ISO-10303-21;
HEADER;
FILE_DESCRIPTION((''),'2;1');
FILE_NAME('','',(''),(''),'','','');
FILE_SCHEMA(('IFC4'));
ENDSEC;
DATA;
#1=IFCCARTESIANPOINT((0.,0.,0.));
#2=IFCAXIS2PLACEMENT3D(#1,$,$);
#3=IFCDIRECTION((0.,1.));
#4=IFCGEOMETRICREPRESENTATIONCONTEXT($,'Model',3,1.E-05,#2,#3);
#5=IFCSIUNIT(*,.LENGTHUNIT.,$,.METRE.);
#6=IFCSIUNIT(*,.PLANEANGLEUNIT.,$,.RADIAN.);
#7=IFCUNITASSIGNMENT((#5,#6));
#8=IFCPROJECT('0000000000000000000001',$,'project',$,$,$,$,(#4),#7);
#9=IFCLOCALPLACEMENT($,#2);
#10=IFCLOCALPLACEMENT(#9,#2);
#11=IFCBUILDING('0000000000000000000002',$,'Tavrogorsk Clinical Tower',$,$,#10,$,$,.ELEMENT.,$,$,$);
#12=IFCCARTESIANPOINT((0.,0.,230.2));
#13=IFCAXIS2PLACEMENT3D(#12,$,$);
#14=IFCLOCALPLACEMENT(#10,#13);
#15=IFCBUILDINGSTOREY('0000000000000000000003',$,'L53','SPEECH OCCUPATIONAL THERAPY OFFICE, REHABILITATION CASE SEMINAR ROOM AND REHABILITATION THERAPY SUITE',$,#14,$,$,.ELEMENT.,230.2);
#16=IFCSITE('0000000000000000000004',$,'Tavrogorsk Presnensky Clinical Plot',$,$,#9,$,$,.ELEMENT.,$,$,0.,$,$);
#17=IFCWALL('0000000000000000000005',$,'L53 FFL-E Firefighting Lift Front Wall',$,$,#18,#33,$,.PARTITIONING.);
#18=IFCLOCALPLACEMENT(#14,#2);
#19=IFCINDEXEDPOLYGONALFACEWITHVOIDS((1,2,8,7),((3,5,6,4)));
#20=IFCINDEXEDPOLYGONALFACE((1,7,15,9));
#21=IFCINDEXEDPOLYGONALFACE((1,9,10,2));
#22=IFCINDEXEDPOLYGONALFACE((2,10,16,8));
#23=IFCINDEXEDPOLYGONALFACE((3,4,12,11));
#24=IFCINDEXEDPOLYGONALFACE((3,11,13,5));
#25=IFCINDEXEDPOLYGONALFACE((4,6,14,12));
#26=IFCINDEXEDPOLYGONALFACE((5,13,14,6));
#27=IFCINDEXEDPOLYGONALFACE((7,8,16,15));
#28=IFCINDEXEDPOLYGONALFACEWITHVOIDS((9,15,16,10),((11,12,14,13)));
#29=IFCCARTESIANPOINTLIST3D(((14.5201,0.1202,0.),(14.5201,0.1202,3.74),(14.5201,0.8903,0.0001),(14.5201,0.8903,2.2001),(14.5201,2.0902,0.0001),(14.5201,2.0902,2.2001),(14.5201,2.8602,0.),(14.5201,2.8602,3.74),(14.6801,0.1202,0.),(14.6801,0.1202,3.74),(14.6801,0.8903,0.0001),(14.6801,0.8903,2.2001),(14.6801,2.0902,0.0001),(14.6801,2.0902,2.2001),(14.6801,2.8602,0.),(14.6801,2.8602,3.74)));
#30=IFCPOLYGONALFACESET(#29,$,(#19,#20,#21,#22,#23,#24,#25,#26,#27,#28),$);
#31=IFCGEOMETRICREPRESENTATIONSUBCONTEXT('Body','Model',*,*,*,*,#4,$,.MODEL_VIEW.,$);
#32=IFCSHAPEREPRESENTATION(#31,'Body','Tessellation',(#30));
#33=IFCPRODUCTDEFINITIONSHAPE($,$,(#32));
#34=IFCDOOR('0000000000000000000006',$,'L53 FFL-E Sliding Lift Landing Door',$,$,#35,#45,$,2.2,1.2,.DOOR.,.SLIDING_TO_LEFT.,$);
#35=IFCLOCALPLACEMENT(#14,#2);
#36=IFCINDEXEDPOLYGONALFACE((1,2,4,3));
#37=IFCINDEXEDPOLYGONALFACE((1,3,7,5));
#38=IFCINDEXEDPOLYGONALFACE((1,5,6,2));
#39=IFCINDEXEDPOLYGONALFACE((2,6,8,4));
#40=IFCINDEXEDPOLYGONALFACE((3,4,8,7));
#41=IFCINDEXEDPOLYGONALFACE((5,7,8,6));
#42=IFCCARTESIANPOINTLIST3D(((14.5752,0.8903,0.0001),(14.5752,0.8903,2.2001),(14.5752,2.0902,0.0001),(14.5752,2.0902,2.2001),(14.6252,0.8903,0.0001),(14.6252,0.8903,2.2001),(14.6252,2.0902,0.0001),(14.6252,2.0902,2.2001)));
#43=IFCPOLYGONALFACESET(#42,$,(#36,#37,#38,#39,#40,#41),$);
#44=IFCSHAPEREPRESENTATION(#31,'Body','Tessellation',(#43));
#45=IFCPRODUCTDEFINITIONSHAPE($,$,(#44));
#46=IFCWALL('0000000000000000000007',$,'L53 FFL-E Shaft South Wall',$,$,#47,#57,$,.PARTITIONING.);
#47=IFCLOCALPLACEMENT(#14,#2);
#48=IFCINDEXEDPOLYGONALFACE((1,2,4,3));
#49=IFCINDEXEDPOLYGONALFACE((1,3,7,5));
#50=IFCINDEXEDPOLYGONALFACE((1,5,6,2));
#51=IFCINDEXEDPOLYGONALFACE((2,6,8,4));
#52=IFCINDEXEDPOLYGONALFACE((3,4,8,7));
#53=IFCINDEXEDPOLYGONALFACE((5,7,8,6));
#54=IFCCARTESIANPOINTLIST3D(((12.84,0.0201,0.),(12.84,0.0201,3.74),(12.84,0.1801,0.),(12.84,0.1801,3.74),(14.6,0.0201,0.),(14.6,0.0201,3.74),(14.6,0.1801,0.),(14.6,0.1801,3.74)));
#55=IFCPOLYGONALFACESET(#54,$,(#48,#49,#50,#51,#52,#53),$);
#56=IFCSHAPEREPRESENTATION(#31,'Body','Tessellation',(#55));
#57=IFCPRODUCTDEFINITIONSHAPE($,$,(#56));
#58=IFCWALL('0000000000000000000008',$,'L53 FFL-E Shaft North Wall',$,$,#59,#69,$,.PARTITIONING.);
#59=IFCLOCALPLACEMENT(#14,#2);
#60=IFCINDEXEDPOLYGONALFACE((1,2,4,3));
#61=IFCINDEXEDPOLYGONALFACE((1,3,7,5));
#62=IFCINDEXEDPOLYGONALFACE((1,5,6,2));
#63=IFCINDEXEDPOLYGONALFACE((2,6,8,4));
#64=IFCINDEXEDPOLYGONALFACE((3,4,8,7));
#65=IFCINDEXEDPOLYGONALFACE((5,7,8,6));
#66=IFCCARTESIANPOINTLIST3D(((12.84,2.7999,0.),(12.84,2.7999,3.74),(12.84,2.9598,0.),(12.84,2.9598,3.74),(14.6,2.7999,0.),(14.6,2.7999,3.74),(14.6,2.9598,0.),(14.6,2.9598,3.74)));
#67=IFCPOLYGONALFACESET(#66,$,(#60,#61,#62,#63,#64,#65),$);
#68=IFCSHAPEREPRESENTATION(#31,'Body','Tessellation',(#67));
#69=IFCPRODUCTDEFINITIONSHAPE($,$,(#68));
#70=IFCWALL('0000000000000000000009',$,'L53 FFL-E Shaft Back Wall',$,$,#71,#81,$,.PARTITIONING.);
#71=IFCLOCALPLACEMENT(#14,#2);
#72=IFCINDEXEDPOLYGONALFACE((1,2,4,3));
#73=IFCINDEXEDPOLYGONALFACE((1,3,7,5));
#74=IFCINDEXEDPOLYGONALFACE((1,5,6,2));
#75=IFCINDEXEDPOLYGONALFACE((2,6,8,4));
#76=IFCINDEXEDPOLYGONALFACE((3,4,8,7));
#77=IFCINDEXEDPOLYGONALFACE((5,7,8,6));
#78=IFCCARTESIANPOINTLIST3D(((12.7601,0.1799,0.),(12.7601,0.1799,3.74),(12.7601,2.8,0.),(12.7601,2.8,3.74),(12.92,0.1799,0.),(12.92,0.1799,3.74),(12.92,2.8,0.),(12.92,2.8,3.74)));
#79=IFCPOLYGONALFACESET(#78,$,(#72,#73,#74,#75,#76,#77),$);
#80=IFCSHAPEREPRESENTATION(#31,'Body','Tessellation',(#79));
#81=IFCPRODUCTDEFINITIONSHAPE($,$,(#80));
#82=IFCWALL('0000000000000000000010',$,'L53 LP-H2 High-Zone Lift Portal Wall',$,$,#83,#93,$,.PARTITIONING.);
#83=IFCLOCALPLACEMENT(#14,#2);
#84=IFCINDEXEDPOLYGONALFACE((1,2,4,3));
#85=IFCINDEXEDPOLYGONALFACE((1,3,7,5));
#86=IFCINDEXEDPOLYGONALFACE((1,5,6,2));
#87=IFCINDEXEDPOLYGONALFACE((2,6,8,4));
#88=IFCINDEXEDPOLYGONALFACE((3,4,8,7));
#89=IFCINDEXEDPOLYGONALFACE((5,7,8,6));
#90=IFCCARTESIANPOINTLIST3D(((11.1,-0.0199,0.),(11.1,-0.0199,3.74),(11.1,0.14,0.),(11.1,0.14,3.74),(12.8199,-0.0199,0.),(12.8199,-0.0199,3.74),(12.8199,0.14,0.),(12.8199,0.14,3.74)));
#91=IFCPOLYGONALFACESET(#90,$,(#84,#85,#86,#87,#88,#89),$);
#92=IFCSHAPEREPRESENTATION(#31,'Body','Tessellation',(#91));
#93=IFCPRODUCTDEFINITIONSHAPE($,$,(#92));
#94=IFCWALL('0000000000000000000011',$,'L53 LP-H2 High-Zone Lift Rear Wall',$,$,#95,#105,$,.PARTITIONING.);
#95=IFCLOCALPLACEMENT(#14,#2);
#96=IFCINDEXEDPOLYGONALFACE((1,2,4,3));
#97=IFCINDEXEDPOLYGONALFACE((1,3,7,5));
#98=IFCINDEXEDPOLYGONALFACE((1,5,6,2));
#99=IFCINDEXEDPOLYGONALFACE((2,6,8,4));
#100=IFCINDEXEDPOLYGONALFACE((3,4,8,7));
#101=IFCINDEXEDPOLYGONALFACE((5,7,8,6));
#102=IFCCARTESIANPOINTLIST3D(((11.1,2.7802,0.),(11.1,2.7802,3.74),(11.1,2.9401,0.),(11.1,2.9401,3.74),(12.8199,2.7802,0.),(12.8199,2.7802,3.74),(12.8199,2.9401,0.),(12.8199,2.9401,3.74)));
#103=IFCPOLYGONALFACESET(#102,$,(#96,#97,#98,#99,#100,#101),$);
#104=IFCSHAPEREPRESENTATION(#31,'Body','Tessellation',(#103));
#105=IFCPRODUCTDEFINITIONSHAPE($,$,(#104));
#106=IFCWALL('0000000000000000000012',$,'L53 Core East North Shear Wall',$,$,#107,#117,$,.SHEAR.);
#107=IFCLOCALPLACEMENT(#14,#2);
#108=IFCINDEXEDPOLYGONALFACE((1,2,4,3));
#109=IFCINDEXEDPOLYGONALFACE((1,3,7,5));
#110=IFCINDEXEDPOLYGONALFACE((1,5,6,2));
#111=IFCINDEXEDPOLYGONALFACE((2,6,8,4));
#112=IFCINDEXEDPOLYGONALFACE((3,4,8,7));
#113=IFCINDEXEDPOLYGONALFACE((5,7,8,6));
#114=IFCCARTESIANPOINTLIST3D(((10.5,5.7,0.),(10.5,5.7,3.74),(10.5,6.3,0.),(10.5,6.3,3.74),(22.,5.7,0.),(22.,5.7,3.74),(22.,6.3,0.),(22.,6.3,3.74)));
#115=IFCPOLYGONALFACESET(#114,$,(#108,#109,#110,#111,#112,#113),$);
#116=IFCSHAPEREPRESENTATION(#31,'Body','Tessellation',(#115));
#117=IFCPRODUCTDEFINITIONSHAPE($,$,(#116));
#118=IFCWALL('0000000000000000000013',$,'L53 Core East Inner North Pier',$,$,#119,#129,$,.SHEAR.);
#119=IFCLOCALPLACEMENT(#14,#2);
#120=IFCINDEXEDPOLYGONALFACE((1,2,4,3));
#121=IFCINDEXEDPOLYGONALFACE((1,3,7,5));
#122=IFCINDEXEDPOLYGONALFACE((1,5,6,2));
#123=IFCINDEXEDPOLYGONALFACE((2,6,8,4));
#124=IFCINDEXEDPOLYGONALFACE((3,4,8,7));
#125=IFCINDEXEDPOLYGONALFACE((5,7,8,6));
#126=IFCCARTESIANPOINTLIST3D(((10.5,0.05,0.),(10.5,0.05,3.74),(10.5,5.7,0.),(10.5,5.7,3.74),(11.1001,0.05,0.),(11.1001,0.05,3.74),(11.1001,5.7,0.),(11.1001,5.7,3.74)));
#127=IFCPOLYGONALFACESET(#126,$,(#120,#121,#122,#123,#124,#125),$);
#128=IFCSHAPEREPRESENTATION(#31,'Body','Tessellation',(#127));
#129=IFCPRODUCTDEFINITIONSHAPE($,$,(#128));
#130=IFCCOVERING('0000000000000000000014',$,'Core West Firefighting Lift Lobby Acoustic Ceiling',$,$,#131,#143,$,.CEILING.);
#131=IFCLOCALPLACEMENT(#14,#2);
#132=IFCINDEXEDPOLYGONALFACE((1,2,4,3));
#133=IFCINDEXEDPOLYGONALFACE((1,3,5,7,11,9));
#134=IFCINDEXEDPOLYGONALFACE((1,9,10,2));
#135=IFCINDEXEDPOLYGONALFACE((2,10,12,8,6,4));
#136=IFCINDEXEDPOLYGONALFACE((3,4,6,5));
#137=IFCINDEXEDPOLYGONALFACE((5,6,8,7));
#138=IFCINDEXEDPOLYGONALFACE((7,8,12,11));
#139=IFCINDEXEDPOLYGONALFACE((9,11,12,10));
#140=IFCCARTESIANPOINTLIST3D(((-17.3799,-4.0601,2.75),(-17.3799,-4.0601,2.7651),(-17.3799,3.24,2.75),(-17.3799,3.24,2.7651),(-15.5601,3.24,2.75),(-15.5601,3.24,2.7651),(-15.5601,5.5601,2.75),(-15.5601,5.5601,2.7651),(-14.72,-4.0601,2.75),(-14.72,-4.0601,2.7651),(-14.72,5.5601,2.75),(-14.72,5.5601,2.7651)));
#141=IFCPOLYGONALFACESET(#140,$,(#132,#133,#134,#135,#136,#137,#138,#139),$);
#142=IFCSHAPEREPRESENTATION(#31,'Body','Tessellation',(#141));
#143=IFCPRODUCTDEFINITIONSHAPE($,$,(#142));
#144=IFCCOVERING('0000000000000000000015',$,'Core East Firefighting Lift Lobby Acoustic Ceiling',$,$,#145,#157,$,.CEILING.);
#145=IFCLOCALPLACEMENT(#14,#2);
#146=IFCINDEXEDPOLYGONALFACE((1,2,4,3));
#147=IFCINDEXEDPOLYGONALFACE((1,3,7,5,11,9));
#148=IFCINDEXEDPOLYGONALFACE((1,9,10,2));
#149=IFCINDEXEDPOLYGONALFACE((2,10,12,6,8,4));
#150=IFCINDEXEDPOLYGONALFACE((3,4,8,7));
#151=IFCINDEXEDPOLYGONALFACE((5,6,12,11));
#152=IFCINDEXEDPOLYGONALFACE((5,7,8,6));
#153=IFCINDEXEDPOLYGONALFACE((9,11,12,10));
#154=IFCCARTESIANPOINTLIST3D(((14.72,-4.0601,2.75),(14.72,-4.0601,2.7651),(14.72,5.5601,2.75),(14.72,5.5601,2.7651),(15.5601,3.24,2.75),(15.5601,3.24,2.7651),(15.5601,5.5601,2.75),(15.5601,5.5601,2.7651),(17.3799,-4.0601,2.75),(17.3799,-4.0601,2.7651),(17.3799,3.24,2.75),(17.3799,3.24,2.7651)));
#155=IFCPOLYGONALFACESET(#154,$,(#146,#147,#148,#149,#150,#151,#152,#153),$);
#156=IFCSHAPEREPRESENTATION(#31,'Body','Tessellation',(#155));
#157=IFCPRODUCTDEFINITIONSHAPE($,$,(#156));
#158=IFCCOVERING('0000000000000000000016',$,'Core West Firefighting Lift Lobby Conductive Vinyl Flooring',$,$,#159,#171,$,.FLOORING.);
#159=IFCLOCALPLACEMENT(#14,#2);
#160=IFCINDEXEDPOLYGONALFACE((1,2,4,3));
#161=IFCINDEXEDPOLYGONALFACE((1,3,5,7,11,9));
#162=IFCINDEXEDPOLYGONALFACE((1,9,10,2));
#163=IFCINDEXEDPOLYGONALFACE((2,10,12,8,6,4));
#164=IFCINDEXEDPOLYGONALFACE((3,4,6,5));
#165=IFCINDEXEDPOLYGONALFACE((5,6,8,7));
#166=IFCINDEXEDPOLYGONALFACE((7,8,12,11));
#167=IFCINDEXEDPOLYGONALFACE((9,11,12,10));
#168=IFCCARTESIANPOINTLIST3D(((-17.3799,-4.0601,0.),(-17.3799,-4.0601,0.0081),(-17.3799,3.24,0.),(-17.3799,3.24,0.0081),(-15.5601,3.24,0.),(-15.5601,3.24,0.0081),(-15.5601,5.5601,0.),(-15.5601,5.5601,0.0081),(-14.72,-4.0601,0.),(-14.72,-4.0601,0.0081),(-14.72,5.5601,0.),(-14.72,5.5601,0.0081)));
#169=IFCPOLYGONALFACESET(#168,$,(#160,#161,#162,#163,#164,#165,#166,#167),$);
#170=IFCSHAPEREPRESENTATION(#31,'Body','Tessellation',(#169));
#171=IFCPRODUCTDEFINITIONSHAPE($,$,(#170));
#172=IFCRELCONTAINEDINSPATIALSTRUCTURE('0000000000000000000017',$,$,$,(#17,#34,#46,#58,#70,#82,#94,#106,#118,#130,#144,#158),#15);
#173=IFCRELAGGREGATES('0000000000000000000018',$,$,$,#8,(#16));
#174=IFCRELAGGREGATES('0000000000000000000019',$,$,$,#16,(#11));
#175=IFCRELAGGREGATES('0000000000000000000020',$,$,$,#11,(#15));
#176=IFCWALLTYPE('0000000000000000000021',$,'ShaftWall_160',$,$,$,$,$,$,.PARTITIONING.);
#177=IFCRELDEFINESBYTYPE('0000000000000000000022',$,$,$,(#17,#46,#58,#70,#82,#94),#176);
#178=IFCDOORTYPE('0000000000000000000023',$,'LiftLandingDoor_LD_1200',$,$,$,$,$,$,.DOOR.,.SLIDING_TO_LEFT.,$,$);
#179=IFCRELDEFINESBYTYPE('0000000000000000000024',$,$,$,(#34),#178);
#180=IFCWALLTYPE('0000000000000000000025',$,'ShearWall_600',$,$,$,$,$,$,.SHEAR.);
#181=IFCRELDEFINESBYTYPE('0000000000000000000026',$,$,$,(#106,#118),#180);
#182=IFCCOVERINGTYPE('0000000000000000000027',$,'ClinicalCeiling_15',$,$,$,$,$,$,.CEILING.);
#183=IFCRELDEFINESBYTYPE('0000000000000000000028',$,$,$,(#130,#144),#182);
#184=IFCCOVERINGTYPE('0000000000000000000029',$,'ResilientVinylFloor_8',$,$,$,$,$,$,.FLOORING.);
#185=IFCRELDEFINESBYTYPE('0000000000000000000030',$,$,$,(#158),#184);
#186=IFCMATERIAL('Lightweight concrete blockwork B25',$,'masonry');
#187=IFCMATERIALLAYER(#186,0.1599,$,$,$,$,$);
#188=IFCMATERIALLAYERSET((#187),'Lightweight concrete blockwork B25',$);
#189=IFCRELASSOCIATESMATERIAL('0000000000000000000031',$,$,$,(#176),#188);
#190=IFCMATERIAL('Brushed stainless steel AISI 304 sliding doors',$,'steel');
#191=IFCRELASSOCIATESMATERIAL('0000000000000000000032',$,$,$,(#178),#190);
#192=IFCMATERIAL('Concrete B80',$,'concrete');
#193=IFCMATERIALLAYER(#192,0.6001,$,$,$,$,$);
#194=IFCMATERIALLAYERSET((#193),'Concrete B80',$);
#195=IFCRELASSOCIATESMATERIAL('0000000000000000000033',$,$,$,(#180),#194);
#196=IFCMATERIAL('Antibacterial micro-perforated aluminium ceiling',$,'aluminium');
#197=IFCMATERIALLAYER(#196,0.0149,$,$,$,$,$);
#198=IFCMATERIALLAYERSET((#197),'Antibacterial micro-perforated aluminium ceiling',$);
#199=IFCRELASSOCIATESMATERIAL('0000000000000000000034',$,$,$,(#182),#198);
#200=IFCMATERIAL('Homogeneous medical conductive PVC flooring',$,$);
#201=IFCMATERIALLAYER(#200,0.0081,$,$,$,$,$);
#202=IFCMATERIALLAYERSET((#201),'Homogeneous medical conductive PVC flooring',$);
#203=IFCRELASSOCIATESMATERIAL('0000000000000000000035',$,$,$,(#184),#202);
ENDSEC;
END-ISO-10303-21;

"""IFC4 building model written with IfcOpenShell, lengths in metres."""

from ifc_helpers import new_model, si_unit, direction, frame, frame_2d, origin, place, context, subcontext, project, spatial, polyline, rectangle, outline, extrude, material, layer, layer_set, type_object, element, fill, save


model = new_model("IFC4")

# Units and contexts
model_context = context("Model", 3, precision=1e-05, world=origin(), true_north=direction((0.0, 1.0)))
body_context = subcontext(model_context, "Body", "Model", "MODEL_VIEW")
ifc_project = project(units=[si_unit("LENGTHUNIT", "METRE"), si_unit("PLANEANGLEUNIT", "RADIAN")], contexts=[model_context])

# Site, building, storey
site_placement = place(None, origin())
site = spatial("IfcSite", under=ifc_project, at=site_placement, Name="Tavrogorsk Presnensky Clinical Plot", CompositionType="ELEMENT", RefElevation=0.0)
building_placement = place(site_placement, origin())
building = spatial("IfcBuilding", under=site, at=building_placement, Name="Tavrogorsk Clinical Tower", CompositionType="ELEMENT")
storey_placement = place(building_placement, frame((0.0, 0.0, 230.2)))
storey = spatial("IfcBuildingStorey", under=building, at=storey_placement, Name="L53", Description="SPEECH OCCUPATIONAL THERAPY OFFICE, REHABILITATION CASE SEMINAR ROOM AND REHABILITATION THERAPY SUITE", CompositionType="ELEMENT", Elevation=230.2)

# Wall, opening, door
ifc_material_1 = material(Name="Lightweight concrete blockwork B25", Category="masonry")
ifc_layer_1 = layer(ifc_material_1, 0.1599)
ifc_layer_set_1 = layer_set([ifc_layer_1], Name="Lightweight concrete blockwork B25")
wall_type_1 = type_object("IfcWallType", Name="ShaftWall_160", PredefinedType="PARTITIONING", material=ifc_layer_set_1)
wall_1_placement = place(storey_placement, frame((14.6001, 0.1201, 0.0), z_axis=(0.0, 0.0, 1.0), x_axis=(0.0, 1.0, 0.0)))
wall_1 = element("IfcWall", 1, at=wall_1_placement, inside=storey, type_object=wall_type_1, Name="L53 FFL-E Firefighting Lift Front Wall", PredefinedType="PARTITIONING", context=body_context, shape_type="SweptSolid", body=[
    extrude(rectangle(XDim=2.74, YDim=0.1599, at=frame_2d((1.3701, 0.0))), origin(), (0.0, 0.0, 1.0), 3.74),
])
opening_1_placement = place(wall_1_placement, frame((0.77, 0.0, 0.0)))
opening_1 = element("IfcOpeningElement", 2, at=opening_1_placement, cuts=wall_1, PredefinedType="OPENING", context=body_context, shape_type="SweptSolid", body=[
    extrude(rectangle(XDim=1.2, YDim=2.2, at=frame_2d((0.6001, 1.1001))), frame((0.0, 0.0898, 0.0), z_axis=(0.0, -1.0, 0.0), x_axis=(1.0, 0.0, 0.0)), (0.0, 0.0, 1.0), 0.1799),
])
ifc_material_2 = material(Name="Brushed stainless steel AISI 304 sliding doors", Category="steel")
door_type_1 = type_object("IfcDoorType", Name="LiftLandingDoor_LD_1200", OperationType="SLIDING_TO_LEFT", PredefinedType="DOOR", material=ifc_material_2)
door_1_placement = place(opening_1_placement, origin())
door_1 = element("IfcDoor", 3, at=door_1_placement, inside=storey, type_object=door_type_1, Name="L53 FFL-E Sliding Lift Landing Door", OperationType="SLIDING_TO_LEFT", OverallHeight=2.2, OverallWidth=1.2, PredefinedType="DOOR", context=body_context, shape_type="SweptSolid", body=[
    extrude(rectangle(XDim=1.2, YDim=2.2, at=frame_2d((0.6001, 1.1001))), frame((0.0, 0.0249, 0.0), z_axis=(0.0, -1.0, 0.0), x_axis=(1.0, 0.0, 0.0)), (0.0, 0.0, 1.0), 0.05),
])
fill(opening_1, door_1)

# Walls
for number, where, z_axis, x_axis, name in (
    (4, (12.8401, 0.1001, 0.0), (0.0, 0.0, 1.0), (1.0, 0.0, 0.0), "L53 FFL-E Shaft South Wall"),
    (5, (12.8401, 2.8799, 0.0), (0.0, 0.0, 1.0), (1.0, 0.0, 0.0), "L53 FFL-E Shaft North Wall"),
):
    element("IfcWall", number, at=place(storey_placement, frame(where, z_axis=z_axis, x_axis=x_axis)), inside=storey, type_object=wall_type_1, Name=name, PredefinedType="PARTITIONING", context=body_context, shape_type="SweptSolid", body=[
        extrude(rectangle(XDim=1.76, YDim=0.1599, at=frame_2d((0.8799, 0.0))), origin(), (0.0, 0.0, 1.0), 3.74),
    ])
wall_2_placement = place(storey_placement, frame((12.8401, 0.1799, 0.0), z_axis=(0.0, 0.0, 1.0), x_axis=(0.0, 1.0, 0.0)))
element("IfcWall", 6, at=wall_2_placement, inside=storey, type_object=wall_type_1, Name="L53 FFL-E Shaft Back Wall", PredefinedType="PARTITIONING", context=body_context, shape_type="SweptSolid", body=[
    extrude(rectangle(XDim=2.6201, YDim=0.1599, at=frame_2d((1.3101, 0.0))), origin(), (0.0, 0.0, 1.0), 3.74),
])
for number, where, z_axis, x_axis, name in (
    (7, (11.1001, 0.0601, 0.0), (0.0, 0.0, 1.0), (1.0, 0.0, 0.0), "L53 LP-H2 High-Zone Lift Portal Wall"),
    (8, (11.1001, 2.8601, 0.0), (0.0, 0.0, 1.0), (1.0, 0.0, 0.0), "L53 LP-H2 High-Zone Lift Rear Wall"),
):
    element("IfcWall", number, at=place(storey_placement, frame(where, z_axis=z_axis, x_axis=x_axis)), inside=storey, type_object=wall_type_1, Name=name, PredefinedType="PARTITIONING", context=body_context, shape_type="SweptSolid", body=[
        extrude(rectangle(XDim=1.72, YDim=0.1599, at=frame_2d((0.8599, 0.0))), origin(), (0.0, 0.0, 1.0), 3.74),
    ])
ifc_material_3 = material(Name="Concrete B80", Category="concrete")
ifc_layer_2 = layer(ifc_material_3, 0.6001)
ifc_layer_set_2 = layer_set([ifc_layer_2], Name="Concrete B80")
wall_type_2 = type_object("IfcWallType", Name="ShearWall_600", PredefinedType="SHEAR", material=ifc_layer_set_2)
wall_3_placement = place(storey_placement, frame((10.5, 6.0, 0.0), z_axis=(0.0, 0.0, 1.0), x_axis=(1.0, 0.0, 0.0)))
element("IfcWall", 9, at=wall_3_placement, inside=storey, type_object=wall_type_2, Name="L53 Core East North Shear Wall", PredefinedType="SHEAR", context=body_context, shape_type="SweptSolid", body=[
    extrude(rectangle(XDim=11.5, YDim=0.6001, at=frame_2d((5.75, 0.0))), origin(), (0.0, 0.0, 1.0), 3.74),
])
wall_4_placement = place(storey_placement, frame((10.8, 0.05, 0.0), z_axis=(0.0, 0.0, 1.0), x_axis=(0.0, 1.0, 0.0)))
element("IfcWall", 10, at=wall_4_placement, inside=storey, type_object=wall_type_2, Name="L53 Core East Inner North Pier", PredefinedType="SHEAR", context=body_context, shape_type="SweptSolid", body=[
    extrude(rectangle(XDim=5.6499, YDim=0.6001, at=frame_2d((2.825, 0.0))), origin(), (0.0, 0.0, 1.0), 3.74),
])

# Coverings
ifc_material_4 = material(Name="Antibacterial micro-perforated aluminium ceiling", Category="aluminium")
ifc_layer_3 = layer(ifc_material_4, 0.0149)
ifc_layer_set_3 = layer_set([ifc_layer_3], Name="Antibacterial micro-perforated aluminium ceiling")
covering_type_1 = type_object("IfcCoveringType", Name="ClinicalCeiling_15", PredefinedType="CEILING", material=ifc_layer_set_3)
covering_1_placement = place(storey_placement, frame((0.0, 0.0, 2.75)))
element("IfcCovering", 11, at=covering_1_placement, inside=storey, type_object=covering_type_1, Name="Core West Firefighting Lift Lobby Acoustic Ceiling", PredefinedType="CEILING", context=body_context, shape_type="SweptSolid", body=[
    extrude(outline(polyline([(-14.72, 5.5601), (-14.72, -4.0601), (-17.3799, -4.0601), (-17.3799, 3.24), (-15.5601, 3.24), (-15.5601, 5.5601), (-14.72, 5.5601)])), origin(), (0.0, 0.0, 1.0), 0.0151),
])
covering_2_placement = place(storey_placement, frame((0.0, 0.0, 2.75)))
element("IfcCovering", 12, at=covering_2_placement, inside=storey, type_object=covering_type_1, Name="Core East Firefighting Lift Lobby Acoustic Ceiling", PredefinedType="CEILING", context=body_context, shape_type="SweptSolid", body=[
    extrude(outline(polyline([(17.3799, -4.0601), (14.72, -4.0601), (14.72, 5.5601), (15.5601, 5.5601), (15.5601, 3.24), (17.3799, 3.24), (17.3799, -4.0601)])), origin(), (0.0, 0.0, 1.0), 0.0151),
])
ifc_material_5 = material(Name="Homogeneous medical conductive PVC flooring")
ifc_layer_4 = layer(ifc_material_5, 0.0081)
ifc_layer_set_4 = layer_set([ifc_layer_4], Name="Homogeneous medical conductive PVC flooring")
covering_type_2 = type_object("IfcCoveringType", Name="ResilientVinylFloor_8", PredefinedType="FLOORING", material=ifc_layer_set_4)
covering_3_placement = place(storey_placement, origin())
element("IfcCovering", 13, at=covering_3_placement, inside=storey, type_object=covering_type_2, Name="Core West Firefighting Lift Lobby Conductive Vinyl Flooring", PredefinedType="FLOORING", context=body_context, shape_type="SweptSolid", body=[
    extrude(outline(polyline([(-14.72, 5.5601), (-14.72, -4.0601), (-17.3799, -4.0601), (-17.3799, 3.24), (-15.5601, 3.24), (-15.5601, 5.5601), (-14.72, 5.5601)])), origin(), (0.0, 0.0, 1.0), 0.0081),
])

save(model, "model.ifc")
